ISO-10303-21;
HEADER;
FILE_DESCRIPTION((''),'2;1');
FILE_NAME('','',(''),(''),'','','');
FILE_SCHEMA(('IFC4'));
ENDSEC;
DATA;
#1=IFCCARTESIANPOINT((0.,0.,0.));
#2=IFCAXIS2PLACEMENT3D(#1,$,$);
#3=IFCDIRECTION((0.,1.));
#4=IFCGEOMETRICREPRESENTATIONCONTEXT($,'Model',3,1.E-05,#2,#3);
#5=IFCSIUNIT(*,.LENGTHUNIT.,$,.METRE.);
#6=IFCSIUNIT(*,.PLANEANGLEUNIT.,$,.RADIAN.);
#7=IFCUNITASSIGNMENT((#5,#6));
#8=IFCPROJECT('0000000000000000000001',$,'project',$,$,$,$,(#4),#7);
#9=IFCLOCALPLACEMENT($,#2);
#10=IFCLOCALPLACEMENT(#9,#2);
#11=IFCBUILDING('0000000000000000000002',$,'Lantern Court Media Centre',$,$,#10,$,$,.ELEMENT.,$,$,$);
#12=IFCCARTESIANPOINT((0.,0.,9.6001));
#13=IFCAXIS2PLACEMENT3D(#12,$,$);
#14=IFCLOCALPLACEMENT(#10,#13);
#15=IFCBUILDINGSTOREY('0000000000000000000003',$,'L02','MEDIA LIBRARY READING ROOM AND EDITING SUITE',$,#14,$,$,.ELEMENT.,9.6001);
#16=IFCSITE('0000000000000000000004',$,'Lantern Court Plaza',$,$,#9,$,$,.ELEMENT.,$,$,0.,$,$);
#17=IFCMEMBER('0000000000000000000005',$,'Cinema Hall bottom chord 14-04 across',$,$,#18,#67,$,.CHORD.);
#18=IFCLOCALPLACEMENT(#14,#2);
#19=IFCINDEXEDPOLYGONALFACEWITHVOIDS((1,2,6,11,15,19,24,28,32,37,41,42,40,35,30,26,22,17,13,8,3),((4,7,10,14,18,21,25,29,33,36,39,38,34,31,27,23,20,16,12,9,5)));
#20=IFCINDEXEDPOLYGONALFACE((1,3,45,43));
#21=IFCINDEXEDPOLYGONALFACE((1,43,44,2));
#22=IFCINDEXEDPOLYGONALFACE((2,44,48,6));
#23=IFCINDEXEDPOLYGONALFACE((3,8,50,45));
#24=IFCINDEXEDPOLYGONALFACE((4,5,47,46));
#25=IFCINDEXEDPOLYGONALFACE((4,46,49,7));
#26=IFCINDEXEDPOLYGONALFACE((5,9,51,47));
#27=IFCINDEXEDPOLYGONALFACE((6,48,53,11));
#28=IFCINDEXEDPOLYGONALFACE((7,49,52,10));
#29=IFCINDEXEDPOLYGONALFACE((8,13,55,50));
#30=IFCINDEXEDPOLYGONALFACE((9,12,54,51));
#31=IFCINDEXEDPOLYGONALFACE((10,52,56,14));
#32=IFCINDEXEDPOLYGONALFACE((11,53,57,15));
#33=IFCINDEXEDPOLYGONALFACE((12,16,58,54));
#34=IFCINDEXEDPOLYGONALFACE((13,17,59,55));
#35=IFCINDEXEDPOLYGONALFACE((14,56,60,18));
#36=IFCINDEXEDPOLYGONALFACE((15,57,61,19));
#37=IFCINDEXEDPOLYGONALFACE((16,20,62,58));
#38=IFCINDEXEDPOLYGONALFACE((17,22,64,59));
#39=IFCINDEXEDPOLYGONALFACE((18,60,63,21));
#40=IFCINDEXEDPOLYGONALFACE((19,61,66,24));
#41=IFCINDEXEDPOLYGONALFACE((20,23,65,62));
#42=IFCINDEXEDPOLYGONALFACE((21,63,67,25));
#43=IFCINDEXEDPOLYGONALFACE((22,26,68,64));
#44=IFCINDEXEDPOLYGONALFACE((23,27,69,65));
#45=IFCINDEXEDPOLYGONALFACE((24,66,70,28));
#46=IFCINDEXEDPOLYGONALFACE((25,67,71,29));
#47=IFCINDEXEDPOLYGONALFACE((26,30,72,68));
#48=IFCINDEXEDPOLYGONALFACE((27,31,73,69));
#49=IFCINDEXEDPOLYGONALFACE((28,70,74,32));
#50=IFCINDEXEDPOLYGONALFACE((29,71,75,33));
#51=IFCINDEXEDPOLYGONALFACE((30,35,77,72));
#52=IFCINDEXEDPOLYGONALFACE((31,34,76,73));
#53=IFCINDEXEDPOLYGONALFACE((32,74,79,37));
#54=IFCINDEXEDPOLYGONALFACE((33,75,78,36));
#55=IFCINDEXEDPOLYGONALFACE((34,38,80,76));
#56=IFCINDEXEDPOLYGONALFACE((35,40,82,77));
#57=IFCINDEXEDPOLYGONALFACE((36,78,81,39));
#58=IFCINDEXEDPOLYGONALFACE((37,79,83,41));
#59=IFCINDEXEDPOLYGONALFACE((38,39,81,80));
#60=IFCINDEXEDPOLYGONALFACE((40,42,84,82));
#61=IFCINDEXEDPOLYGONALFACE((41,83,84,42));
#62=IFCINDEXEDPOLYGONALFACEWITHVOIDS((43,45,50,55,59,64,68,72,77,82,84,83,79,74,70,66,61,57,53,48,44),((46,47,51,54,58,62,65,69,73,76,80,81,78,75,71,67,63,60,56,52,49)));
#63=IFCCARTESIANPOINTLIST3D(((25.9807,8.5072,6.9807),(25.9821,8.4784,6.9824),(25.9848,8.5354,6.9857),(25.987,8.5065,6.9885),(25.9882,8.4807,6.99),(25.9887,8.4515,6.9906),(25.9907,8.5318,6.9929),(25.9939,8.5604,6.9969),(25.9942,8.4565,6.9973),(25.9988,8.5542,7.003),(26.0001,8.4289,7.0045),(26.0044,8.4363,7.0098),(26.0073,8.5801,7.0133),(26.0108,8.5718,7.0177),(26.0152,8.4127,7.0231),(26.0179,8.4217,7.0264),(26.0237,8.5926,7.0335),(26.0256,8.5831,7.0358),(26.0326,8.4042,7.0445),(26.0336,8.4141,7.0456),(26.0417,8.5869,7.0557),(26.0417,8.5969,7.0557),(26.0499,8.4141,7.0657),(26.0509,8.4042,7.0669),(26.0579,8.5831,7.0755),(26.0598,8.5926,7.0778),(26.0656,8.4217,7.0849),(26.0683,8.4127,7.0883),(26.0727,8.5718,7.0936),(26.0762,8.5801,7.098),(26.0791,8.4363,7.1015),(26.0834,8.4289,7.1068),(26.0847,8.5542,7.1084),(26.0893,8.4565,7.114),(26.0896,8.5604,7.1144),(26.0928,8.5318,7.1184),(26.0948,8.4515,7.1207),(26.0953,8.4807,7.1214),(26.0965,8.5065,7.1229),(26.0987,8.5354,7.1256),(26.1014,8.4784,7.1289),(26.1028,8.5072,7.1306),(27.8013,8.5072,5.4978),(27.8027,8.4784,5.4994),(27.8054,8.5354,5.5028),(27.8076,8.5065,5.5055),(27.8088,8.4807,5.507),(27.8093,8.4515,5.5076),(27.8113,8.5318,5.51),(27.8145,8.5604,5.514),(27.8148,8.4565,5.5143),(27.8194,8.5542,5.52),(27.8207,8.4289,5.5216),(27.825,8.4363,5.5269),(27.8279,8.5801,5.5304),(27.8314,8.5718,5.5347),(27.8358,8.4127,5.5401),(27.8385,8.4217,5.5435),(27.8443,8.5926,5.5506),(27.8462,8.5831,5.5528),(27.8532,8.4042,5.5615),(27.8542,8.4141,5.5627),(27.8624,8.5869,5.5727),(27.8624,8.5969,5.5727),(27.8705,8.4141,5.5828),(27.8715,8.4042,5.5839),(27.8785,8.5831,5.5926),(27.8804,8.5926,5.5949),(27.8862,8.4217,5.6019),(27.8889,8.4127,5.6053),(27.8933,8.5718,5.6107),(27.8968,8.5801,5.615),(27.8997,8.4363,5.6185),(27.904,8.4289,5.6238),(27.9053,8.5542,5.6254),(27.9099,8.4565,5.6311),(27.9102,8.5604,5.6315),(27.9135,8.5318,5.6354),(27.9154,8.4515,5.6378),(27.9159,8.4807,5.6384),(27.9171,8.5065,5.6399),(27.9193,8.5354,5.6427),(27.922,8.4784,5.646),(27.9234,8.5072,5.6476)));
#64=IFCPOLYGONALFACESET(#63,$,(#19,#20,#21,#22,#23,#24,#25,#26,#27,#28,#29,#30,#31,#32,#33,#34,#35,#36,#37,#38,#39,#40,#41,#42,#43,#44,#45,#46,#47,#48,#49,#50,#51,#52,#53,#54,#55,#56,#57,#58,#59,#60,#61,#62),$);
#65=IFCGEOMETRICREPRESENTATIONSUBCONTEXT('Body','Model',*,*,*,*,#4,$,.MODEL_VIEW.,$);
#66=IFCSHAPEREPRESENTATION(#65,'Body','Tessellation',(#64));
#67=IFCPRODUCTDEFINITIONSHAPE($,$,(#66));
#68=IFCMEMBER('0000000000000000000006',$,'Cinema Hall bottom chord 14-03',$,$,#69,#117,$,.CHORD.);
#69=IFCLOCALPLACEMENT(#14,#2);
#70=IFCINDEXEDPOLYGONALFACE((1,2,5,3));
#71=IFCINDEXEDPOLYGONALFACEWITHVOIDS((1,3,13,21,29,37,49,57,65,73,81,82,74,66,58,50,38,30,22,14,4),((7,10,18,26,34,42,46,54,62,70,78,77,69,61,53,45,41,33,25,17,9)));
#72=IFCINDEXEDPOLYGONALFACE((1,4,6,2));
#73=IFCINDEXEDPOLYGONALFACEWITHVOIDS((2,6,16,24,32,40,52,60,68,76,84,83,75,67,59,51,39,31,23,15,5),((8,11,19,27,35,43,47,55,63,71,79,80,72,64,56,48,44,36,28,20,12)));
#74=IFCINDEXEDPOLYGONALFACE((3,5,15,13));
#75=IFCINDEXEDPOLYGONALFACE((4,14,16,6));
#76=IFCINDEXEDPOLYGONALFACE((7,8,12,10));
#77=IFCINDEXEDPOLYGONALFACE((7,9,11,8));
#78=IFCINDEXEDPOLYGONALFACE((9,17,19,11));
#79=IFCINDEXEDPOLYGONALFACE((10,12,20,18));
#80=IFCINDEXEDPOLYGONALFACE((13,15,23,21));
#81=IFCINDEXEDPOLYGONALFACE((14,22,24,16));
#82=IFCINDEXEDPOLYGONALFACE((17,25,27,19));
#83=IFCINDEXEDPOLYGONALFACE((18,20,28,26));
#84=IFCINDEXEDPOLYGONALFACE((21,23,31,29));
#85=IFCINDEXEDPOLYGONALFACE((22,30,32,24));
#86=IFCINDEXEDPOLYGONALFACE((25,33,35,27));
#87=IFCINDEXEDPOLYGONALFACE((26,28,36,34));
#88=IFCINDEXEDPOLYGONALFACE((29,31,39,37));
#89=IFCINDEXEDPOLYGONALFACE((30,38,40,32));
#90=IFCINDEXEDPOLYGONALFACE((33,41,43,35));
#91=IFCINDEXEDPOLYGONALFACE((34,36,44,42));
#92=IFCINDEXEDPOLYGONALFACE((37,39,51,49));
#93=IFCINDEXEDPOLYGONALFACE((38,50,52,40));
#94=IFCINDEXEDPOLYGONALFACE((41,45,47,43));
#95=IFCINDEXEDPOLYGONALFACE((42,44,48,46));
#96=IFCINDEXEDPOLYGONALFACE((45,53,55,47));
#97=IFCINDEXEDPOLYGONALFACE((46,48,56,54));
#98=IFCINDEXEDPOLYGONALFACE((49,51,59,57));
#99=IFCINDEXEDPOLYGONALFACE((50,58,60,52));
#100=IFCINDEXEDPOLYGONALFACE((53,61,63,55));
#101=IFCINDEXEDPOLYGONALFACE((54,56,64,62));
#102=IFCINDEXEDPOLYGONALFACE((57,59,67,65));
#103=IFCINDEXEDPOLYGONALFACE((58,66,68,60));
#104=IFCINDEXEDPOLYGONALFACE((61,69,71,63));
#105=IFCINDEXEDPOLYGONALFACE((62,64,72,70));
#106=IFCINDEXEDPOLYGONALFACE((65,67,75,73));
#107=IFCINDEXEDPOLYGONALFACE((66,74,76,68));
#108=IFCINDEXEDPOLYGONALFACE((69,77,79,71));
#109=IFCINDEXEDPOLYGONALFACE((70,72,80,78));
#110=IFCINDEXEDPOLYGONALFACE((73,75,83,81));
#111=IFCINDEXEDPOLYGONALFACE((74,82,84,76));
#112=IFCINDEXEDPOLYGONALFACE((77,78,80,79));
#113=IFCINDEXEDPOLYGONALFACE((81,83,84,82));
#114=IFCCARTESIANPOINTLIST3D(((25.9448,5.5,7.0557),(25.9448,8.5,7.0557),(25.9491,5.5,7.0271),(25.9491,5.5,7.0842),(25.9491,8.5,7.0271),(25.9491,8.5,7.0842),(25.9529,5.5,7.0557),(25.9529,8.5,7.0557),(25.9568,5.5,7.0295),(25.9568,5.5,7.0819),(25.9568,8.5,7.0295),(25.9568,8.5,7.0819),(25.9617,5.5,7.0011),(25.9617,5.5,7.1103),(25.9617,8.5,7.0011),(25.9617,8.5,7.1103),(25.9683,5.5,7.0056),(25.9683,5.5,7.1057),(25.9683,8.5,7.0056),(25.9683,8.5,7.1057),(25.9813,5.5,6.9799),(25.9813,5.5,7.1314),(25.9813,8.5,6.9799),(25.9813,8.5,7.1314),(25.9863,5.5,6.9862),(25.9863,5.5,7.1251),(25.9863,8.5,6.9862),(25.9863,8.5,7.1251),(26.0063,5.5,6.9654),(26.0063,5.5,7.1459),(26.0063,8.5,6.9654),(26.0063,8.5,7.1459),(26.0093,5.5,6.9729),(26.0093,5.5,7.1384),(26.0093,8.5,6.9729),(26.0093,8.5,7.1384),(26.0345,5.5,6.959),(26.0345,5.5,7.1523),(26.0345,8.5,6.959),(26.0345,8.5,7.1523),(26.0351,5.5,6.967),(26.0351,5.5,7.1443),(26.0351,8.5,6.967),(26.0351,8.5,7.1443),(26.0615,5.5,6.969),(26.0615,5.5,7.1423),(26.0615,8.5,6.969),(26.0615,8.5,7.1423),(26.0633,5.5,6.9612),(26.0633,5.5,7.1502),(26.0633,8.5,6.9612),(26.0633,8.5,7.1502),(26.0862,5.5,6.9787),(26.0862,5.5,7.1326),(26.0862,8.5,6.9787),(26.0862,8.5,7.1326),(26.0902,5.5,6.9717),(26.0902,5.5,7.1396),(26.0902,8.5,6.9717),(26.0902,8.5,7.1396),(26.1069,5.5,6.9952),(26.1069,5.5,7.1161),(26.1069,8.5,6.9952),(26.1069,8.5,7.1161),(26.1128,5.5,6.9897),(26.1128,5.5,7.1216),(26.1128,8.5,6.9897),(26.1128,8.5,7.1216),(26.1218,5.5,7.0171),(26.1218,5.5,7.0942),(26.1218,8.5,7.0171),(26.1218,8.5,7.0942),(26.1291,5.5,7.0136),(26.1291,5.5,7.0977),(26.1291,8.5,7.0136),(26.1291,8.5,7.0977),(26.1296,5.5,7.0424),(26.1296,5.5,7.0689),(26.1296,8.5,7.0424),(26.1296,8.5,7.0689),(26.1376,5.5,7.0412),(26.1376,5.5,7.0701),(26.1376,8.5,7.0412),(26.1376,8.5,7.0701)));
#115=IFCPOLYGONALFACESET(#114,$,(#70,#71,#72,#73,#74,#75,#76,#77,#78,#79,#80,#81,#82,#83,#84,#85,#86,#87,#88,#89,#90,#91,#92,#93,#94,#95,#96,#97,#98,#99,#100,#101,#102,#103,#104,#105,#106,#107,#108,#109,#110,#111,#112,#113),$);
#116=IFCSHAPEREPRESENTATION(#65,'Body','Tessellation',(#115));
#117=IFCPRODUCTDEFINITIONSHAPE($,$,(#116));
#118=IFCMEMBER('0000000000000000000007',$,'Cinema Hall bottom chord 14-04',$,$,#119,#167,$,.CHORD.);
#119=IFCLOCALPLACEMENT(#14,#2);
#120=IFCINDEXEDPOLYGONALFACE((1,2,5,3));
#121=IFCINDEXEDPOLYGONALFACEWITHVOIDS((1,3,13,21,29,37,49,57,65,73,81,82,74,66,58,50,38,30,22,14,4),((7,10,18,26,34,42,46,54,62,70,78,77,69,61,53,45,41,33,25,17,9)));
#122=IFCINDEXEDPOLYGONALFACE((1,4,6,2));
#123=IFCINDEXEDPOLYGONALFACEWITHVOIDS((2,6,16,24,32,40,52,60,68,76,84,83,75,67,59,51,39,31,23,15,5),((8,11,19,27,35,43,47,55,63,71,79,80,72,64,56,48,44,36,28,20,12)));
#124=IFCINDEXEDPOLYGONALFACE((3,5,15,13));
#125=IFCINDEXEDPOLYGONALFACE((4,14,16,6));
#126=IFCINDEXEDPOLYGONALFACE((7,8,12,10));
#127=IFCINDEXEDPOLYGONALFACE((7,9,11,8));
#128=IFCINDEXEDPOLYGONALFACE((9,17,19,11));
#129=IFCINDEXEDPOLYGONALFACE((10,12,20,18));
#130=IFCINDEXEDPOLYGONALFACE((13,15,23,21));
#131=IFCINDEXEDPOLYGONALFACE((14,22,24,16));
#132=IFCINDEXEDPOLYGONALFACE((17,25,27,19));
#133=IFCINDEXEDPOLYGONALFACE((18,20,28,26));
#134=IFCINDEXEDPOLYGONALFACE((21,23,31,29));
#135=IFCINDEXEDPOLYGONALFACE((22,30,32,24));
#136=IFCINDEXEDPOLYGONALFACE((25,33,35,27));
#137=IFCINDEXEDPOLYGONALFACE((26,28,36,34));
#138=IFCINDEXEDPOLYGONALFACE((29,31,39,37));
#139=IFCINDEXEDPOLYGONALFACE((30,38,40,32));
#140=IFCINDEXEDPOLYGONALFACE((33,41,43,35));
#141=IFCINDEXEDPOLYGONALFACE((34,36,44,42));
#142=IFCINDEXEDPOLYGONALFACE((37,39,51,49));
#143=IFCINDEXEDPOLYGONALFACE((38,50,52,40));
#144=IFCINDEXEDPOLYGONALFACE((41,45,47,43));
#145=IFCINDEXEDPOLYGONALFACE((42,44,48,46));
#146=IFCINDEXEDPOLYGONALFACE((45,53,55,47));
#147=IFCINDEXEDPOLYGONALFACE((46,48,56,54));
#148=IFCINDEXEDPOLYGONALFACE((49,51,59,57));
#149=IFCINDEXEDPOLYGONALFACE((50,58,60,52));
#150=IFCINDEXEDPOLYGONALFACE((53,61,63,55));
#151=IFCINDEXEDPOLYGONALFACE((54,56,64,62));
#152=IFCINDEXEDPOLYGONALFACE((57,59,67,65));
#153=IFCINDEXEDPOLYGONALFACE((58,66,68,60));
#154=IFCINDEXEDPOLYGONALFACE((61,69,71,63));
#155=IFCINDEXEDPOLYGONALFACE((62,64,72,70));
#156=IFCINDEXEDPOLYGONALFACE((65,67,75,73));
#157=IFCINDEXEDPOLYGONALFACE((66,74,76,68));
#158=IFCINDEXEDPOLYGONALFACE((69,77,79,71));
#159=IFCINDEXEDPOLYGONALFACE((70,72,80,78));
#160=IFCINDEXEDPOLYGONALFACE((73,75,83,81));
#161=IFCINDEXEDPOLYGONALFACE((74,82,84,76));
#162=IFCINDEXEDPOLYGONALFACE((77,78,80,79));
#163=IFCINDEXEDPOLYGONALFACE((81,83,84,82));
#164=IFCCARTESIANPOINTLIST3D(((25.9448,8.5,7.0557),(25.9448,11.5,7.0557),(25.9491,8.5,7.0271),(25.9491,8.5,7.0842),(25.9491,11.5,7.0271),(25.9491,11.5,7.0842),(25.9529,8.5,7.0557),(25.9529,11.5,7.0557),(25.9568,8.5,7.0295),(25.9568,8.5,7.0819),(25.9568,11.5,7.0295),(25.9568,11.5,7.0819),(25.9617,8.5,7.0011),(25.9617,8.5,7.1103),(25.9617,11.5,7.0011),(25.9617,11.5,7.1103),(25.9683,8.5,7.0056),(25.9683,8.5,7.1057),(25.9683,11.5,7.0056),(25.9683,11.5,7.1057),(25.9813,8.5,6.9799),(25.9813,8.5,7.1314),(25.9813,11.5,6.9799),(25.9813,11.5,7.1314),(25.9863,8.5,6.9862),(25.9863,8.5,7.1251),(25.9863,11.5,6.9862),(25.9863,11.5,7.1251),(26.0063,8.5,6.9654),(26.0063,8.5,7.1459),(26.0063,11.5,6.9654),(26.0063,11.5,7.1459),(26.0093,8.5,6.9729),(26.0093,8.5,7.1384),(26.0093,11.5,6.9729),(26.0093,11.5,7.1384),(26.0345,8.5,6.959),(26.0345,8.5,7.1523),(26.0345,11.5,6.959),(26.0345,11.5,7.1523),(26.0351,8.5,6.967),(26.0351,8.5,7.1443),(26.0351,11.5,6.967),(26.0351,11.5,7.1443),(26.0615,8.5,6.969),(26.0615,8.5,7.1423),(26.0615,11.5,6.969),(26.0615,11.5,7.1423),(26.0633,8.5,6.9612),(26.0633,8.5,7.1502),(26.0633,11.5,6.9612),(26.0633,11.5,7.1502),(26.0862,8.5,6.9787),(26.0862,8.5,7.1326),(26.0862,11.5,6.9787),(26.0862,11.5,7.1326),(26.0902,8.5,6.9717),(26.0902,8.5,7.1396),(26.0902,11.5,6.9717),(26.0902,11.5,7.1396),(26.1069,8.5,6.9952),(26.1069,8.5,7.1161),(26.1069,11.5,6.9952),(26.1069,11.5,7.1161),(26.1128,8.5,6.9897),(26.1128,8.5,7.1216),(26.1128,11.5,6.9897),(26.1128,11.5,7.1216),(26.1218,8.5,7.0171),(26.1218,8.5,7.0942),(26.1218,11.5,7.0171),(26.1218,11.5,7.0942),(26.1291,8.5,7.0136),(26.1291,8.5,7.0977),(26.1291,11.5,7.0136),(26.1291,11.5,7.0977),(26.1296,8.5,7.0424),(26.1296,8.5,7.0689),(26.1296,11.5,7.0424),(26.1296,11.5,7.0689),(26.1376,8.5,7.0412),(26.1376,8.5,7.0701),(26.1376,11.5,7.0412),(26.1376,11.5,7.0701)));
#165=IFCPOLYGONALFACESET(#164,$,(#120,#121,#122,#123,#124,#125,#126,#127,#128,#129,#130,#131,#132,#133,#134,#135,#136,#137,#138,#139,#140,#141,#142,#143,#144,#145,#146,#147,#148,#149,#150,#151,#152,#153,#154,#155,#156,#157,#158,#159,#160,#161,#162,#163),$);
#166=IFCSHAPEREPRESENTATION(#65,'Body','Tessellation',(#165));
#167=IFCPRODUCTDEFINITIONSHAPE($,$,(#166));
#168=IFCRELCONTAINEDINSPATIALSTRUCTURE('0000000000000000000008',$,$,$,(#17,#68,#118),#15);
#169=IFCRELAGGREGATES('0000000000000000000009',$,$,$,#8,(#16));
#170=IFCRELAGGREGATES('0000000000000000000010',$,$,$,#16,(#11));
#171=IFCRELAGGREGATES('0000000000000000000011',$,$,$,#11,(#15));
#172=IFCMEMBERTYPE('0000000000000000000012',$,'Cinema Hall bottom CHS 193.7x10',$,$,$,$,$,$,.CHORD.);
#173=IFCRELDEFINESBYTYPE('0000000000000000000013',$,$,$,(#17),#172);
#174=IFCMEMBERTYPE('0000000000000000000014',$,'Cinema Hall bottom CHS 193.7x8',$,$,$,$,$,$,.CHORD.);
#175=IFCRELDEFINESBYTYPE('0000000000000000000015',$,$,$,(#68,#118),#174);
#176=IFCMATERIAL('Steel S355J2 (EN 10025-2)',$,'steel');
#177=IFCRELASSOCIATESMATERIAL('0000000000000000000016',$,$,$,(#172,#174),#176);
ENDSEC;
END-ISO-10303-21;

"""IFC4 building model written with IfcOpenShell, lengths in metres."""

from ifc_helpers import new_model, si_unit, direction, frame, origin, origin_2d, place, context, subcontext, project, spatial, hollow_circle, extrude, material, material_profile, profile_set, type_object, element, save


model = new_model("IFC4")

# Units and contexts
model_context = context("Model", 3, precision=1e-05, world=origin(), true_north=direction((0.0, 1.0)))
body_context = subcontext(model_context, "Body", "Model", "MODEL_VIEW")
ifc_project = project(units=[si_unit("LENGTHUNIT", "METRE"), si_unit("PLANEANGLEUNIT", "RADIAN")], contexts=[model_context])

# Site, building, storey
site_placement = place(None, origin())
site = spatial("IfcSite", under=ifc_project, at=site_placement, Name="Lantern Court Plaza", CompositionType="ELEMENT", RefElevation=0.0)
building_placement = place(site_placement, origin())
building = spatial("IfcBuilding", under=site, at=building_placement, Name="Lantern Court Media Centre", CompositionType="ELEMENT")
storey_placement = place(building_placement, frame((0.0, 0.0, 9.6001)))
storey = spatial("IfcBuildingStorey", under=building, at=storey_placement, Name="L02", Description="MEDIA LIBRARY READING ROOM AND EDITING SUITE", CompositionType="ELEMENT", Elevation=9.6001)

# Members
ifc_material = material(Name="Steel S355J2 (EN 10025-2)", Category="steel")
ifc_material_profile_1 = material_profile(ifc_material, hollow_circle(Radius=0.0969, WallThickness=0.01, at=origin_2d()), Name="Cinema Hall bottom CHS 193.7x10")
ifc_profile_set_1 = profile_set([ifc_material_profile_1], Name="Steel S355J2 (EN 10025-2)")
member_type_1 = type_object("IfcMemberType", Name="Cinema Hall bottom CHS 193.7x10", PredefinedType="CHORD", material=ifc_profile_set_1)
for number, where, z_axis, x_axis, name in (
    (1, (26.0417, 8.5, 7.0557), (0.775341, 0.0, -0.631543), (0.0, 1.0, 0.0), "Cinema Hall bottom chord 14-04 across"),
):
    element("IfcMember", number, at=place(storey_placement, frame(where, z_axis=z_axis, x_axis=x_axis)), inside=storey, type_object=member_type_1, Name=name, PredefinedType="CHORD", context=body_context, shape_type="SweptSolid", body=[
        extrude(hollow_circle(Radius=0.0969, WallThickness=0.01, at=origin_2d()), origin(), (0.0, 0.0, 1.0), 2.3481),
    ])
ifc_material_profile_2 = material_profile(ifc_material, hollow_circle(Radius=0.0969, WallThickness=0.0081, at=origin_2d()), Name="Cinema Hall bottom CHS 193.7x8")
ifc_profile_set_2 = profile_set([ifc_material_profile_2], Name="Steel S355J2 (EN 10025-2)")
member_type_2 = type_object("IfcMemberType", Name="Cinema Hall bottom CHS 193.7x8", PredefinedType="CHORD", material=ifc_profile_set_2)
for number, where, z_axis, x_axis, name in (
    (2, (26.0417, 5.5, 7.0557), (0.0, 1.0, 0.0), (-1.0, 0.0, 0.0), "Cinema Hall bottom chord 14-03"),
    (3, (26.0417, 8.5, 7.0557), (0.0, 1.0, 0.0), (-1.0, 0.0, 0.0), "Cinema Hall bottom chord 14-04"),
):
    element("IfcMember", number, at=place(storey_placement, frame(where, z_axis=z_axis, x_axis=x_axis)), inside=storey, type_object=member_type_2, Name=name, PredefinedType="CHORD", context=body_context, shape_type="SweptSolid", body=[
        extrude(hollow_circle(Radius=0.0969, WallThickness=0.0081, at=origin_2d()), origin(), (0.0, 0.0, 1.0), 3.0),
    ])

save(model, "model.ifc")
